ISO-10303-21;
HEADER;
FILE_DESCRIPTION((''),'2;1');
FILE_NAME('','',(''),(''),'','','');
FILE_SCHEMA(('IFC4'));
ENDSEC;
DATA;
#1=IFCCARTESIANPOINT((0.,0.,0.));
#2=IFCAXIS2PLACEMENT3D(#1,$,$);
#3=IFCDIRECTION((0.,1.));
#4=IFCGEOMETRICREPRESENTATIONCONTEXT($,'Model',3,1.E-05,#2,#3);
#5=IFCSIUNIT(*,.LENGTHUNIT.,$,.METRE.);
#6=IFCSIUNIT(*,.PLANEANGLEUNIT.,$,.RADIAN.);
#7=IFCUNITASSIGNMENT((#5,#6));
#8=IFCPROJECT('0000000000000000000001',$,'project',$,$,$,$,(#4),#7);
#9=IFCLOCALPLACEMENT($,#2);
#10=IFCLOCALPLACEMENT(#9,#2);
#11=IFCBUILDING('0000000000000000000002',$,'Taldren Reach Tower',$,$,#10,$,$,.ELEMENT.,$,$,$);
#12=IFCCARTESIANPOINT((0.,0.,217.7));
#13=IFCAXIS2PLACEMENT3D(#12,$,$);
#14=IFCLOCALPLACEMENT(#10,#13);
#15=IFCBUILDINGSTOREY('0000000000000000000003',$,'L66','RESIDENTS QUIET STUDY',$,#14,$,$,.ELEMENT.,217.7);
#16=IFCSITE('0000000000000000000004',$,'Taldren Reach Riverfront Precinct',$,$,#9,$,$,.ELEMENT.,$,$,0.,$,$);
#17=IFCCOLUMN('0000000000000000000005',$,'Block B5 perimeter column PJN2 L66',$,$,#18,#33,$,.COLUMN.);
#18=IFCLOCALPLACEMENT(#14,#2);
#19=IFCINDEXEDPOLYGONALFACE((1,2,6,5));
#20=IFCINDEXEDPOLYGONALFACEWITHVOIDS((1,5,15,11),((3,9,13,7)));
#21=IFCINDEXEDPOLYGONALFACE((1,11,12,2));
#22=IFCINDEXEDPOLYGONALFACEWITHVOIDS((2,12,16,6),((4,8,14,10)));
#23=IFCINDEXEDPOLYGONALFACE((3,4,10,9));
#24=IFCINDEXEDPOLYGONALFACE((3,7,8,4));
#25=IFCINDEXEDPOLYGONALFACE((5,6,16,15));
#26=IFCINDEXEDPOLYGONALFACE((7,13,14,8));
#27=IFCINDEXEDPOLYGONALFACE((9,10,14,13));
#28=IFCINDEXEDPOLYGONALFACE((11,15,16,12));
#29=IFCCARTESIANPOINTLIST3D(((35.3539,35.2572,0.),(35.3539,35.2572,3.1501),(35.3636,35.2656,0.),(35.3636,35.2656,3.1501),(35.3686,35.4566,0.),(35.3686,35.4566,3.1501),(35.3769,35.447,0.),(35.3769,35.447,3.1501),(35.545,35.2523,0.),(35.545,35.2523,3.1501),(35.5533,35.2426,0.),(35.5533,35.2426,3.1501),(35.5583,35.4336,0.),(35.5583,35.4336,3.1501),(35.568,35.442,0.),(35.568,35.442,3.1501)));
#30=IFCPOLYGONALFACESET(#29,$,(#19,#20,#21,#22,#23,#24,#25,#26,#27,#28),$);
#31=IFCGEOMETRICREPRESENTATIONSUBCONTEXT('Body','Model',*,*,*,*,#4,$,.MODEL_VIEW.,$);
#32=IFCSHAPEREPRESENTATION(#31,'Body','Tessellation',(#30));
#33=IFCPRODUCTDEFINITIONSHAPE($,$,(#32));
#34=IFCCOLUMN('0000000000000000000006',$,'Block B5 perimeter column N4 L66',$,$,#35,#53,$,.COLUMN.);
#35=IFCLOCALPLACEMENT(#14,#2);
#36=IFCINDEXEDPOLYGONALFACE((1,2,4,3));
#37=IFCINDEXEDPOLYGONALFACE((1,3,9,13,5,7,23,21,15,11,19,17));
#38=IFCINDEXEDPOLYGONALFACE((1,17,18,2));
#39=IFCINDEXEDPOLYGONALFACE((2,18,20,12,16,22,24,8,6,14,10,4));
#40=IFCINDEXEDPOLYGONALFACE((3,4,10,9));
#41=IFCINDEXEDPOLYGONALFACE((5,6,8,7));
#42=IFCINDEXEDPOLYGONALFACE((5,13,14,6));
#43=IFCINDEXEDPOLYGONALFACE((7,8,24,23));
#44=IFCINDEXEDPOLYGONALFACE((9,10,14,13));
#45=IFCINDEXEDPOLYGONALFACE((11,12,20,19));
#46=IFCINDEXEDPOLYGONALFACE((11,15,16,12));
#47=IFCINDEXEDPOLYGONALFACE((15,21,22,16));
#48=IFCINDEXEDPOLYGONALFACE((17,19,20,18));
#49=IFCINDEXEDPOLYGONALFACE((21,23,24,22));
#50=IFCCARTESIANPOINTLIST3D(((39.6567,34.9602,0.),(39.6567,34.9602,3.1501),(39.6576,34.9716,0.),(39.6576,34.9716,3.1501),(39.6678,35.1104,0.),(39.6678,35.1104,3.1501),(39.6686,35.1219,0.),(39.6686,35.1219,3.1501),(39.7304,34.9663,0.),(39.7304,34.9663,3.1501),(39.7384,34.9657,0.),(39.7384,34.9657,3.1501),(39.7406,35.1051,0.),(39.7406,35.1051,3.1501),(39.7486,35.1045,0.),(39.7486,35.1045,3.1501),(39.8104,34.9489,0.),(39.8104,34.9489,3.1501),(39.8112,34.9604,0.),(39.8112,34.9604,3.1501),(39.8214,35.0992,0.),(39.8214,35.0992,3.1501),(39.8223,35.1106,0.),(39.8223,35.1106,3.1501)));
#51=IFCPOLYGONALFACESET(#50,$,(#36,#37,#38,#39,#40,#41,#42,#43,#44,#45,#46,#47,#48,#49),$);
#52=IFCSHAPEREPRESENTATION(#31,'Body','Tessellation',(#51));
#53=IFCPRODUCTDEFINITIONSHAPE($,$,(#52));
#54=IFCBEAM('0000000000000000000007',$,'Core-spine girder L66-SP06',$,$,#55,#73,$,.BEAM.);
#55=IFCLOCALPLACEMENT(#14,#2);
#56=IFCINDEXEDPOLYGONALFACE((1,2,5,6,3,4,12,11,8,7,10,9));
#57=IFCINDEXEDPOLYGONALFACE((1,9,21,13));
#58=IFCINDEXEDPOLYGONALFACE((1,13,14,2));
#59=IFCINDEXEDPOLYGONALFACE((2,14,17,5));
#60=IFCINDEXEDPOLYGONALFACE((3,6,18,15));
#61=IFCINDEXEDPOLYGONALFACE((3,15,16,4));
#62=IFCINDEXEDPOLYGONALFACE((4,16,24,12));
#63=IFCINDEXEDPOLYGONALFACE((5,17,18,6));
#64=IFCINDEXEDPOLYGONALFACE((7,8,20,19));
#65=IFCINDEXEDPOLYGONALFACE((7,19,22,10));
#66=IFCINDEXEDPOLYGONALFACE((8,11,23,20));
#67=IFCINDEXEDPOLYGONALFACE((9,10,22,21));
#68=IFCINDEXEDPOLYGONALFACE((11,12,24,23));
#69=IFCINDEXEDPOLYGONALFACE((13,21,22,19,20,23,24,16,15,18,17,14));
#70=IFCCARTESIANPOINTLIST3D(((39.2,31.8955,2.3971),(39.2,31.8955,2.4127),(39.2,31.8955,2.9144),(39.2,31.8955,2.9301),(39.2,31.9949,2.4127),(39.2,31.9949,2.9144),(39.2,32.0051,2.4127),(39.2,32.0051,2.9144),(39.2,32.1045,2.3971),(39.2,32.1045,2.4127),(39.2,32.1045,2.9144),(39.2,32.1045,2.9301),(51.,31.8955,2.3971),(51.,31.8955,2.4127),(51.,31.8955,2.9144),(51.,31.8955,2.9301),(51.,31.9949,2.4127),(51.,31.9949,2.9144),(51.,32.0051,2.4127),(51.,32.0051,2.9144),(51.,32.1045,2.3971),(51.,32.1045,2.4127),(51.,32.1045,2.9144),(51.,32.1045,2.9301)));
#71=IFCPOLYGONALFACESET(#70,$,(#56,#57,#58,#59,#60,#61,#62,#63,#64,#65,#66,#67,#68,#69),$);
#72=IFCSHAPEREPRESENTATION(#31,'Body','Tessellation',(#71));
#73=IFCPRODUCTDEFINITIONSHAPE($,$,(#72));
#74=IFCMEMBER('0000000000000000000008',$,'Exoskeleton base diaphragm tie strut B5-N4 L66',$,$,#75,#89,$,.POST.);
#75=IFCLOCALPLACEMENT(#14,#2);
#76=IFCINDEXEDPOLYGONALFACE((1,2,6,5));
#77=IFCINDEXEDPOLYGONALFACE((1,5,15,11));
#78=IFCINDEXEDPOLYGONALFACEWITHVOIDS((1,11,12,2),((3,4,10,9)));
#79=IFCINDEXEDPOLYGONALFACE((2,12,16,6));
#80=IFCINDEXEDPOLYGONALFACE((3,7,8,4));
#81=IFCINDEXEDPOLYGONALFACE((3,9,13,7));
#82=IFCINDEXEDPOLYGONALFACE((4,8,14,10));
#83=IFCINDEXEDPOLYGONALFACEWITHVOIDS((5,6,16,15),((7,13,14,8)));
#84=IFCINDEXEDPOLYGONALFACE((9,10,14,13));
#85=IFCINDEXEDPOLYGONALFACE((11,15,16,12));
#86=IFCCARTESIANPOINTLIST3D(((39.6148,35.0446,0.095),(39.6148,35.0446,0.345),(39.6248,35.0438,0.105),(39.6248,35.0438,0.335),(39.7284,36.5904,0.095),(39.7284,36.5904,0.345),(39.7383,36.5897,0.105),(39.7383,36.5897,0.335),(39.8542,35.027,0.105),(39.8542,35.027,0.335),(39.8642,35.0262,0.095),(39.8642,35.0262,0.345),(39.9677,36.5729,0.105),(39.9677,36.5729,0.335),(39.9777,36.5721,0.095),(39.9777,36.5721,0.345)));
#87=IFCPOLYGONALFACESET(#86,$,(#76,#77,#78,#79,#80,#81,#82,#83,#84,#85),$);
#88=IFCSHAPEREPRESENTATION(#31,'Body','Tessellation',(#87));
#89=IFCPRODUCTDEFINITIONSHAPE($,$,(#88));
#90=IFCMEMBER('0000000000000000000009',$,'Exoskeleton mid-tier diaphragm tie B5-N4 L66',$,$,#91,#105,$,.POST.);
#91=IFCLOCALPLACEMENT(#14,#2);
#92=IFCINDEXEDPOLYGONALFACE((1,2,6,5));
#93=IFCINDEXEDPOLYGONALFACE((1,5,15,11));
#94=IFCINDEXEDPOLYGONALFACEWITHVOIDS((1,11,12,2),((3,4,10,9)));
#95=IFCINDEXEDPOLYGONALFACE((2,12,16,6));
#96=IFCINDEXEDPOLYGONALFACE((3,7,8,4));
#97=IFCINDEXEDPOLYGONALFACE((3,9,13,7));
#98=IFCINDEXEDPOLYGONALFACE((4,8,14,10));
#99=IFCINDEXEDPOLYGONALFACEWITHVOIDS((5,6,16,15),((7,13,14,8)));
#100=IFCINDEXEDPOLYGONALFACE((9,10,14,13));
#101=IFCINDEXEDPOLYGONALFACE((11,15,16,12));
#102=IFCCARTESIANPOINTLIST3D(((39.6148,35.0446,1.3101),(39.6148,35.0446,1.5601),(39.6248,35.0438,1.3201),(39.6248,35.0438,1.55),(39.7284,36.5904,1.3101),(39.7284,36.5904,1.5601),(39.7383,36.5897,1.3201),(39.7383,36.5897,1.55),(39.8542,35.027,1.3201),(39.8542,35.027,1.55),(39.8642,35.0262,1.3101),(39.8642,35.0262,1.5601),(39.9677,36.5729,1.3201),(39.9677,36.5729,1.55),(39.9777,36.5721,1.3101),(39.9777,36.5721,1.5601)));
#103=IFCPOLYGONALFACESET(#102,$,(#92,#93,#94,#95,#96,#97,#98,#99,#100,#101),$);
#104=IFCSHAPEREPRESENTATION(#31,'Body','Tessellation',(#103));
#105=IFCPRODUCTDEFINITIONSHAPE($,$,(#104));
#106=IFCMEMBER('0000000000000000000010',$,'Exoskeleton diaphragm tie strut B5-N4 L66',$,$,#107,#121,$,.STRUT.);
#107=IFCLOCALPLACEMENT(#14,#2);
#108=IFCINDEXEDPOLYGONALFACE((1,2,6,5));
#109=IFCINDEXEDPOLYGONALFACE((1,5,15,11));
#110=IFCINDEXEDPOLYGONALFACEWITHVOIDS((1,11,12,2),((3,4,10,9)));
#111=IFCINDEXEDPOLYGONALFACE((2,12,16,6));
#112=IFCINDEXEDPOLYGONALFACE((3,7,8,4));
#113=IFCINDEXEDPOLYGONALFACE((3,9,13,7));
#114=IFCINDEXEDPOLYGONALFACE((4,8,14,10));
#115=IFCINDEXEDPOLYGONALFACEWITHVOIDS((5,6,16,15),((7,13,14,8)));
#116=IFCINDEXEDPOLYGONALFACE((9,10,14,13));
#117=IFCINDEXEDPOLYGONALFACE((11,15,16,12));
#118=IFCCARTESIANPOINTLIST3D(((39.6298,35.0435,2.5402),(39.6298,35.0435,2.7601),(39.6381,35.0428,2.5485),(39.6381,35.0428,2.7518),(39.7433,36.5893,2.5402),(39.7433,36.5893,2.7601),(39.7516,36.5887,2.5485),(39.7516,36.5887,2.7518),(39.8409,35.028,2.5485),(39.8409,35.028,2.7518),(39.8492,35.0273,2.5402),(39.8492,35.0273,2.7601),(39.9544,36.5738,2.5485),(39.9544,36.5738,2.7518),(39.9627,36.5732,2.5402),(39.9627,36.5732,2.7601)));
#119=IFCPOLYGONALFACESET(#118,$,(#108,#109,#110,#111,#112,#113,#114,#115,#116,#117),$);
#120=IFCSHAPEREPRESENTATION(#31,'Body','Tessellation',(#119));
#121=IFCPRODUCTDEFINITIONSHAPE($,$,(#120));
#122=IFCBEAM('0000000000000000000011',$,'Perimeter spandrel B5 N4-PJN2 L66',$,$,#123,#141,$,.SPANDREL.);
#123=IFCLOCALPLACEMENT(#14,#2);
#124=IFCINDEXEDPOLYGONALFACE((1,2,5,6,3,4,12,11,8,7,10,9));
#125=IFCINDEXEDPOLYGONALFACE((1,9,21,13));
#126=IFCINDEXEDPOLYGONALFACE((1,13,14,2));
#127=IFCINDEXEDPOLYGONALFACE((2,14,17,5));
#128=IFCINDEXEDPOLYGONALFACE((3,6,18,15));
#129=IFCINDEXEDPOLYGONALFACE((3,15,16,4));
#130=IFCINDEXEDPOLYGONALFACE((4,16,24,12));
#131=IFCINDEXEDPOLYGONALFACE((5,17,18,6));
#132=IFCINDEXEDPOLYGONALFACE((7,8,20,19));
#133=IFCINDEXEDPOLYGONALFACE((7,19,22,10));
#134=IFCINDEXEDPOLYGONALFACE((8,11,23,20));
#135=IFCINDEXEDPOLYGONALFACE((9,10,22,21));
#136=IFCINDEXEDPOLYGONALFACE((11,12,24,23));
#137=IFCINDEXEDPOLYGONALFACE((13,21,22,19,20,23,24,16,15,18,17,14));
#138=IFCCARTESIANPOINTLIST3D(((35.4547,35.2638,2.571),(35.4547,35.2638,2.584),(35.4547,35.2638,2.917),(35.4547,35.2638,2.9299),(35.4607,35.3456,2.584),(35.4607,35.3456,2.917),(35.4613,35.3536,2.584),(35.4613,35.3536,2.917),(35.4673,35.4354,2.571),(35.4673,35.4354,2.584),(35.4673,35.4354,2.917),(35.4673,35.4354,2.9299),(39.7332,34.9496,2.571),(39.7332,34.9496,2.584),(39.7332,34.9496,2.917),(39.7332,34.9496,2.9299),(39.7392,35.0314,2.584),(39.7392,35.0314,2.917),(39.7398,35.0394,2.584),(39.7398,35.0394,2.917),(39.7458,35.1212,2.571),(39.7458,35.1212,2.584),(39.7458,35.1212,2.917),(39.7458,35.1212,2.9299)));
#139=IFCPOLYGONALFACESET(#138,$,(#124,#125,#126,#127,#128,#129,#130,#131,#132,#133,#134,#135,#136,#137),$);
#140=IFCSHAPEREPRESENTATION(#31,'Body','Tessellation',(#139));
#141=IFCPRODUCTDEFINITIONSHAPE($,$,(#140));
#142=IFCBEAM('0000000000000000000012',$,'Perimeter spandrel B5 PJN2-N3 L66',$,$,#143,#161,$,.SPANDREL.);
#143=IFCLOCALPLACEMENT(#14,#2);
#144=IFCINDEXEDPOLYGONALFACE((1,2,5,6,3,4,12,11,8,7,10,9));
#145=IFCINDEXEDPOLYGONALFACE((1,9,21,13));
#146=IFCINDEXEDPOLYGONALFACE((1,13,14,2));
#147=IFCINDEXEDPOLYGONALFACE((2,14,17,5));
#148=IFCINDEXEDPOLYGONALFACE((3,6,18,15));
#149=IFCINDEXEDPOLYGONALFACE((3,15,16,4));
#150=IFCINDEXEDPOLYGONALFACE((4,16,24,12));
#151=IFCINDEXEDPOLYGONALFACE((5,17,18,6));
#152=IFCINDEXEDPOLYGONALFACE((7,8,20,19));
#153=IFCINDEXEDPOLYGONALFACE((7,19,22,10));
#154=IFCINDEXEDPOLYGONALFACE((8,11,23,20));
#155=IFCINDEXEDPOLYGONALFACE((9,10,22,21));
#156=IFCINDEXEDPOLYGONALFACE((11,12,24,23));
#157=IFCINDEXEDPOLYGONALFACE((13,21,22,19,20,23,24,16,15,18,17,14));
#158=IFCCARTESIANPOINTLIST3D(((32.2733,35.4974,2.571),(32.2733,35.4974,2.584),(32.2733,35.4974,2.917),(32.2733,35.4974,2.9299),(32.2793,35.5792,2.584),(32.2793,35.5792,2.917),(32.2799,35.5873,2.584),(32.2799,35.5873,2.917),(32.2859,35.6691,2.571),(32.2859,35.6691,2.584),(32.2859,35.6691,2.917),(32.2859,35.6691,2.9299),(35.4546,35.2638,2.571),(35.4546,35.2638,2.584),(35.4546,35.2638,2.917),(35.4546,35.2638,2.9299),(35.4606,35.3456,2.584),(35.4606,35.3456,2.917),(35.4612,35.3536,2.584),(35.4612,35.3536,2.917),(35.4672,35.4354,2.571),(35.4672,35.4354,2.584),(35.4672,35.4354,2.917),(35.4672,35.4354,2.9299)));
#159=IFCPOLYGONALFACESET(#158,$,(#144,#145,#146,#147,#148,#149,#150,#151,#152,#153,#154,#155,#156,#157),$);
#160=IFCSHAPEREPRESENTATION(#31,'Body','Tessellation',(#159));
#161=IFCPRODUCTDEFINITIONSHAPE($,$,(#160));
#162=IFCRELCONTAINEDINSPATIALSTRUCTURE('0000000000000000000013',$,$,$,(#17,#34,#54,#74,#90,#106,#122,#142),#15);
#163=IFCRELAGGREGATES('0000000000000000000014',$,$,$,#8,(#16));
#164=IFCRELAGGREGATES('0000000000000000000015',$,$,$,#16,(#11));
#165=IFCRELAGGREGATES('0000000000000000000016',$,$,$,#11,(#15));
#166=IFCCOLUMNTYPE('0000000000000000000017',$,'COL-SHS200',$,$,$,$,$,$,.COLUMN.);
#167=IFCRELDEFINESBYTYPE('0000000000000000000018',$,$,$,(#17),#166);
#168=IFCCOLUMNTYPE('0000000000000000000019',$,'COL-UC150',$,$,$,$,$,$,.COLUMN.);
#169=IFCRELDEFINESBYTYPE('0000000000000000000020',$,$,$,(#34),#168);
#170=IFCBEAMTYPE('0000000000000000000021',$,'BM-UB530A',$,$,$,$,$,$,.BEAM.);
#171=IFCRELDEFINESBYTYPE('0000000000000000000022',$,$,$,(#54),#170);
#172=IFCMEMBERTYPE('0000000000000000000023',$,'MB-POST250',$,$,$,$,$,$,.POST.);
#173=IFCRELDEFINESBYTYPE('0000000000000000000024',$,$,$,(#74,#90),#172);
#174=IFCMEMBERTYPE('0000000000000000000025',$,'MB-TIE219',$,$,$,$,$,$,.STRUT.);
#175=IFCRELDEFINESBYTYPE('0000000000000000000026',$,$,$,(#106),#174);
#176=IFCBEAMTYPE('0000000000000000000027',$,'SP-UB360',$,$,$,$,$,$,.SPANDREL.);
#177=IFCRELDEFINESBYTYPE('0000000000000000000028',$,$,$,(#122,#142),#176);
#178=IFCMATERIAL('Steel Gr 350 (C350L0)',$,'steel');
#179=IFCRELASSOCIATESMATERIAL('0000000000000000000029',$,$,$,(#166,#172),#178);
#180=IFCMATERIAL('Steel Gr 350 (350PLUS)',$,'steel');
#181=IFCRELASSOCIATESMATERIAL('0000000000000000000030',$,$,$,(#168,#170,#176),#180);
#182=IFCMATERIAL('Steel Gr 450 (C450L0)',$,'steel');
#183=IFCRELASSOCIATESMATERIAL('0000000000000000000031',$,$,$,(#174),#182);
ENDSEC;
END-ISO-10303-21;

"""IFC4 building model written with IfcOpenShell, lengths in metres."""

from ifc_helpers import new_model, si_unit, direction, frame, origin, origin_2d, place, context, subcontext, project, spatial, hollow_rectangle, i_section, extrude, source, transform, mapped, material, material_profile, profile_set, type_object, element, save


model = new_model("IFC4")

# Units and contexts
model_context = context("Model", 3, precision=1e-05, world=origin(), true_north=direction((0.0, 1.0)))
body_context = subcontext(model_context, "Body", "Model", "MODEL_VIEW")
ifc_project = project(units=[si_unit("LENGTHUNIT", "METRE"), si_unit("PLANEANGLEUNIT", "RADIAN")], contexts=[model_context])

# Site, building, storey
site_placement = place(None, origin())
site = spatial("IfcSite", under=ifc_project, at=site_placement, Name="Taldren Reach Riverfront Precinct", CompositionType="ELEMENT", RefElevation=0.0)
building_placement = place(site_placement, origin())
building = spatial("IfcBuilding", under=site, at=building_placement, Name="Taldren Reach Tower", CompositionType="ELEMENT")
storey_placement = place(building_placement, frame((0.0, 0.0, 217.7)))
storey = spatial("IfcBuildingStorey", under=building, at=storey_placement, Name="L66", Description="RESIDENTS QUIET STUDY", CompositionType="ELEMENT", Elevation=217.7)

# Columns
ifc_material_1 = material(Name="Steel Gr 350 (C350L0)", Category="steel")
ifc_material_profile_1 = material_profile(ifc_material_1, hollow_rectangle(XDim=0.2, YDim=0.2, WallThickness=0.009, at=origin_2d()), Name="200x200x9.0SHS")
ifc_profile_set_1 = profile_set([ifc_material_profile_1], Name="Steel Gr 350 (C350L0)")
column_type_1 = type_object("IfcColumnType", Name="COL-SHS200", PredefinedType="COLUMN", material=ifc_profile_set_1)
shared_shape_1 = source(origin(), body_context, "Body", "SweptSolid", [
    extrude(hollow_rectangle(XDim=0.2, YDim=0.2, WallThickness=0.009, at=origin_2d()), origin(), (0.0, 0.0, 1.0), 3.1501),
])
column_1_placement = place(storey_placement, frame((35.4609, 35.3496, 0.0), z_axis=(0.0, 0.0, 1.0), x_axis=(0.997314, -0.073238, 0.0)))
element("IfcColumn", 1, at=column_1_placement, inside=storey, type_object=column_type_1, Name="Block B5 perimeter column PJN2 L66", PredefinedType="COLUMN", context=body_context, shape_type="MappedRepresentation", body=[
    mapped(shared_shape_1, transform((0.0, 0.0, 0.0), scale=1.0)),
])
ifc_material_2 = material(Name="Steel Gr 350 (350PLUS)", Category="steel")
ifc_material_profile_2 = material_profile(ifc_material_2, i_section(OverallWidth=0.1541, OverallDepth=0.1621, WebThickness=0.0081, FlangeThickness=0.0115, at=origin_2d()), Name="150UC37.2")
ifc_profile_set_2 = profile_set([ifc_material_profile_2], Name="Steel Gr 350 (350PLUS)")
column_type_2 = type_object("IfcColumnType", Name="COL-UC150", PredefinedType="COLUMN", material=ifc_profile_set_2)
shared_shape_2 = source(origin(), body_context, "Body", "SweptSolid", [
    extrude(i_section(OverallWidth=0.1541, OverallDepth=0.1621, WebThickness=0.0081, FlangeThickness=0.0115, at=origin_2d()), origin(), (0.0, 0.0, 1.0), 3.1501),
])
column_2_placement = place(storey_placement, frame((39.7395, 35.0354, 0.0), z_axis=(0.0, 0.0, 1.0), x_axis=(0.997314, -0.073238, 0.0)))
element("IfcColumn", 2, at=column_2_placement, inside=storey, type_object=column_type_2, Name="Block B5 perimeter column N4 L66", PredefinedType="COLUMN", context=body_context, shape_type="MappedRepresentation", body=[
    mapped(shared_shape_2, transform((0.0, 0.0, 0.0), scale=1.0)),
])

# Beam
ifc_material_profile_3 = material_profile(ifc_material_2, i_section(OverallWidth=0.209, OverallDepth=0.533, WebThickness=0.0103, FlangeThickness=0.0156, at=origin_2d()), Name="530UB92.4")
ifc_profile_set_3 = profile_set([ifc_material_profile_3], Name="Steel Gr 350 (350PLUS)")
beam_type_1 = type_object("IfcBeamType", Name="BM-UB530A", PredefinedType="BEAM", material=ifc_profile_set_3)
shared_shape_3 = source(origin(), body_context, "Body", "SweptSolid", [
    extrude(i_section(OverallWidth=0.209, OverallDepth=0.533, WebThickness=0.0103, FlangeThickness=0.0156, at=origin_2d()), origin(), (0.0, 0.0, 1.0), 11.8),
])
beam_1_placement = place(storey_placement, frame((39.2, 32.0, 2.6636), z_axis=(1.0, 0.0, 0.0), x_axis=(0.0, 1.0, 0.0)))
element("IfcBeam", 3, at=beam_1_placement, inside=storey, type_object=beam_type_1, Name="Core-spine girder L66-SP06", PredefinedType="BEAM", context=body_context, shape_type="MappedRepresentation", body=[
    mapped(shared_shape_3, transform((0.0, 0.0, 0.0), scale=1.0)),
])

# Members
ifc_material_profile_4 = material_profile(ifc_material_1, hollow_rectangle(XDim=0.25, YDim=0.25, WallThickness=0.01, at=origin_2d()), Name="250x250x10.0SHS")
ifc_profile_set_4 = profile_set([ifc_material_profile_4], Name="Steel Gr 350 (C350L0)")
member_type_1 = type_object("IfcMemberType", Name="MB-POST250", PredefinedType="POST", material=ifc_profile_set_4)
shared_shape_4 = source(origin(), body_context, "Body", "SweptSolid", [
    extrude(hollow_rectangle(XDim=0.25, YDim=0.25, WallThickness=0.01, at=origin_2d()), origin(), (0.0, 0.0, 1.0), 1.55),
])
for number, where, z_axis, x_axis, name in (
    (4, (39.7395, 35.0354, 0.22), (0.073239, 0.997314, 0.0), (-0.997314, 0.073239, 0.0), "Exoskeleton base diaphragm tie strut B5-N4 L66"),
    (5, (39.7395, 35.0354, 1.4351), (0.073239, 0.997314, 0.0), (-0.997314, 0.073239, 0.0), "Exoskeleton mid-tier diaphragm tie B5-N4 L66"),
):
    element("IfcMember", number, at=place(storey_placement, frame(where, z_axis=z_axis, x_axis=x_axis)), inside=storey, type_object=member_type_1, Name=name, PredefinedType="POST", context=body_context, shape_type="MappedRepresentation", body=[
        mapped(shared_shape_4, transform((0.0, 0.0, 0.0), scale=1.0)),
    ])
ifc_material_3 = material(Name="Steel Gr 450 (C450L0)", Category="steel")
ifc_material_profile_5 = material_profile(ifc_material_3, hollow_rectangle(XDim=0.22, YDim=0.22, WallThickness=0.0083, at=origin_2d()), Name="220x220x8.2SHS")
ifc_profile_set_5 = profile_set([ifc_material_profile_5], Name="Steel Gr 450 (C450L0)")
member_type_2 = type_object("IfcMemberType", Name="MB-TIE219", PredefinedType="STRUT", material=ifc_profile_set_5)
shared_shape_5 = source(origin(), body_context, "Body", "SweptSolid", [
    extrude(hollow_rectangle(XDim=0.22, YDim=0.22, WallThickness=0.0083, at=origin_2d()), origin(), (0.0, 0.0, 1.0), 1.55),
])
member_1_placement = place(storey_placement, frame((39.7395, 35.0354, 2.6501), z_axis=(0.073239, 0.997314, 0.0), x_axis=(-0.997314, 0.073239, 0.0)))
element("IfcMember", 6, at=member_1_placement, inside=storey, type_object=member_type_2, Name="Exoskeleton diaphragm tie strut B5-N4 L66", PredefinedType="STRUT", context=body_context, shape_type="MappedRepresentation", body=[
    mapped(shared_shape_5, transform((0.0, 0.0, 0.0), scale=1.0)),
])

# Beams
ifc_material_profile_6 = material_profile(ifc_material_2, i_section(OverallWidth=0.1721, OverallDepth=0.3589, WebThickness=0.0081, FlangeThickness=0.0129, at=origin_2d()), Name="360UB56.7")
ifc_profile_set_6 = profile_set([ifc_material_profile_6], Name="Steel Gr 350 (350PLUS)")
beam_type_2 = type_object("IfcBeamType", Name="SP-UB360", PredefinedType="SPANDREL", material=ifc_profile_set_6)
shared_shape_6 = source(origin(), body_context, "Body", "SweptSolid", [
    extrude(i_section(OverallWidth=0.1721, OverallDepth=0.3589, WebThickness=0.0081, FlangeThickness=0.0129, at=origin_2d()), origin(), (0.0, 0.0, 1.0), 4.29),
])
beam_2_placement = place(storey_placement, frame((39.7395, 35.0354, 2.7505), z_axis=(-0.997314, 0.073241, 0.0), x_axis=(-0.073241, -0.997314, 0.0)))
element("IfcBeam", 7, at=beam_2_placement, inside=storey, type_object=beam_type_2, Name="Perimeter spandrel B5 N4-PJN2 L66", PredefinedType="SPANDREL", context=body_context, shape_type="MappedRepresentation", body=[
    mapped(shared_shape_6, transform((0.0, 0.0, 0.0), scale=1.0)),
])
shared_shape_7 = source(origin(), body_context, "Body", "SweptSolid", [
    extrude(i_section(OverallWidth=0.1721, OverallDepth=0.3589, WebThickness=0.0081, FlangeThickness=0.0129, at=origin_2d()), origin(), (0.0, 0.0, 1.0), 3.1899),
])
beam_3_placement = place(storey_placement, frame((35.4609, 35.3496, 2.7505), z_axis=(-0.997314, 0.073243, 0.0), x_axis=(-0.073243, -0.997314, 0.0)))
element("IfcBeam", 8, at=beam_3_placement, inside=storey, type_object=beam_type_2, Name="Perimeter spandrel B5 PJN2-N3 L66", PredefinedType="SPANDREL", context=body_context, shape_type="MappedRepresentation", body=[
    mapped(shared_shape_7, transform((0.0, 0.0, 0.0), scale=1.0)),
])

save(model, "model.ifc")
